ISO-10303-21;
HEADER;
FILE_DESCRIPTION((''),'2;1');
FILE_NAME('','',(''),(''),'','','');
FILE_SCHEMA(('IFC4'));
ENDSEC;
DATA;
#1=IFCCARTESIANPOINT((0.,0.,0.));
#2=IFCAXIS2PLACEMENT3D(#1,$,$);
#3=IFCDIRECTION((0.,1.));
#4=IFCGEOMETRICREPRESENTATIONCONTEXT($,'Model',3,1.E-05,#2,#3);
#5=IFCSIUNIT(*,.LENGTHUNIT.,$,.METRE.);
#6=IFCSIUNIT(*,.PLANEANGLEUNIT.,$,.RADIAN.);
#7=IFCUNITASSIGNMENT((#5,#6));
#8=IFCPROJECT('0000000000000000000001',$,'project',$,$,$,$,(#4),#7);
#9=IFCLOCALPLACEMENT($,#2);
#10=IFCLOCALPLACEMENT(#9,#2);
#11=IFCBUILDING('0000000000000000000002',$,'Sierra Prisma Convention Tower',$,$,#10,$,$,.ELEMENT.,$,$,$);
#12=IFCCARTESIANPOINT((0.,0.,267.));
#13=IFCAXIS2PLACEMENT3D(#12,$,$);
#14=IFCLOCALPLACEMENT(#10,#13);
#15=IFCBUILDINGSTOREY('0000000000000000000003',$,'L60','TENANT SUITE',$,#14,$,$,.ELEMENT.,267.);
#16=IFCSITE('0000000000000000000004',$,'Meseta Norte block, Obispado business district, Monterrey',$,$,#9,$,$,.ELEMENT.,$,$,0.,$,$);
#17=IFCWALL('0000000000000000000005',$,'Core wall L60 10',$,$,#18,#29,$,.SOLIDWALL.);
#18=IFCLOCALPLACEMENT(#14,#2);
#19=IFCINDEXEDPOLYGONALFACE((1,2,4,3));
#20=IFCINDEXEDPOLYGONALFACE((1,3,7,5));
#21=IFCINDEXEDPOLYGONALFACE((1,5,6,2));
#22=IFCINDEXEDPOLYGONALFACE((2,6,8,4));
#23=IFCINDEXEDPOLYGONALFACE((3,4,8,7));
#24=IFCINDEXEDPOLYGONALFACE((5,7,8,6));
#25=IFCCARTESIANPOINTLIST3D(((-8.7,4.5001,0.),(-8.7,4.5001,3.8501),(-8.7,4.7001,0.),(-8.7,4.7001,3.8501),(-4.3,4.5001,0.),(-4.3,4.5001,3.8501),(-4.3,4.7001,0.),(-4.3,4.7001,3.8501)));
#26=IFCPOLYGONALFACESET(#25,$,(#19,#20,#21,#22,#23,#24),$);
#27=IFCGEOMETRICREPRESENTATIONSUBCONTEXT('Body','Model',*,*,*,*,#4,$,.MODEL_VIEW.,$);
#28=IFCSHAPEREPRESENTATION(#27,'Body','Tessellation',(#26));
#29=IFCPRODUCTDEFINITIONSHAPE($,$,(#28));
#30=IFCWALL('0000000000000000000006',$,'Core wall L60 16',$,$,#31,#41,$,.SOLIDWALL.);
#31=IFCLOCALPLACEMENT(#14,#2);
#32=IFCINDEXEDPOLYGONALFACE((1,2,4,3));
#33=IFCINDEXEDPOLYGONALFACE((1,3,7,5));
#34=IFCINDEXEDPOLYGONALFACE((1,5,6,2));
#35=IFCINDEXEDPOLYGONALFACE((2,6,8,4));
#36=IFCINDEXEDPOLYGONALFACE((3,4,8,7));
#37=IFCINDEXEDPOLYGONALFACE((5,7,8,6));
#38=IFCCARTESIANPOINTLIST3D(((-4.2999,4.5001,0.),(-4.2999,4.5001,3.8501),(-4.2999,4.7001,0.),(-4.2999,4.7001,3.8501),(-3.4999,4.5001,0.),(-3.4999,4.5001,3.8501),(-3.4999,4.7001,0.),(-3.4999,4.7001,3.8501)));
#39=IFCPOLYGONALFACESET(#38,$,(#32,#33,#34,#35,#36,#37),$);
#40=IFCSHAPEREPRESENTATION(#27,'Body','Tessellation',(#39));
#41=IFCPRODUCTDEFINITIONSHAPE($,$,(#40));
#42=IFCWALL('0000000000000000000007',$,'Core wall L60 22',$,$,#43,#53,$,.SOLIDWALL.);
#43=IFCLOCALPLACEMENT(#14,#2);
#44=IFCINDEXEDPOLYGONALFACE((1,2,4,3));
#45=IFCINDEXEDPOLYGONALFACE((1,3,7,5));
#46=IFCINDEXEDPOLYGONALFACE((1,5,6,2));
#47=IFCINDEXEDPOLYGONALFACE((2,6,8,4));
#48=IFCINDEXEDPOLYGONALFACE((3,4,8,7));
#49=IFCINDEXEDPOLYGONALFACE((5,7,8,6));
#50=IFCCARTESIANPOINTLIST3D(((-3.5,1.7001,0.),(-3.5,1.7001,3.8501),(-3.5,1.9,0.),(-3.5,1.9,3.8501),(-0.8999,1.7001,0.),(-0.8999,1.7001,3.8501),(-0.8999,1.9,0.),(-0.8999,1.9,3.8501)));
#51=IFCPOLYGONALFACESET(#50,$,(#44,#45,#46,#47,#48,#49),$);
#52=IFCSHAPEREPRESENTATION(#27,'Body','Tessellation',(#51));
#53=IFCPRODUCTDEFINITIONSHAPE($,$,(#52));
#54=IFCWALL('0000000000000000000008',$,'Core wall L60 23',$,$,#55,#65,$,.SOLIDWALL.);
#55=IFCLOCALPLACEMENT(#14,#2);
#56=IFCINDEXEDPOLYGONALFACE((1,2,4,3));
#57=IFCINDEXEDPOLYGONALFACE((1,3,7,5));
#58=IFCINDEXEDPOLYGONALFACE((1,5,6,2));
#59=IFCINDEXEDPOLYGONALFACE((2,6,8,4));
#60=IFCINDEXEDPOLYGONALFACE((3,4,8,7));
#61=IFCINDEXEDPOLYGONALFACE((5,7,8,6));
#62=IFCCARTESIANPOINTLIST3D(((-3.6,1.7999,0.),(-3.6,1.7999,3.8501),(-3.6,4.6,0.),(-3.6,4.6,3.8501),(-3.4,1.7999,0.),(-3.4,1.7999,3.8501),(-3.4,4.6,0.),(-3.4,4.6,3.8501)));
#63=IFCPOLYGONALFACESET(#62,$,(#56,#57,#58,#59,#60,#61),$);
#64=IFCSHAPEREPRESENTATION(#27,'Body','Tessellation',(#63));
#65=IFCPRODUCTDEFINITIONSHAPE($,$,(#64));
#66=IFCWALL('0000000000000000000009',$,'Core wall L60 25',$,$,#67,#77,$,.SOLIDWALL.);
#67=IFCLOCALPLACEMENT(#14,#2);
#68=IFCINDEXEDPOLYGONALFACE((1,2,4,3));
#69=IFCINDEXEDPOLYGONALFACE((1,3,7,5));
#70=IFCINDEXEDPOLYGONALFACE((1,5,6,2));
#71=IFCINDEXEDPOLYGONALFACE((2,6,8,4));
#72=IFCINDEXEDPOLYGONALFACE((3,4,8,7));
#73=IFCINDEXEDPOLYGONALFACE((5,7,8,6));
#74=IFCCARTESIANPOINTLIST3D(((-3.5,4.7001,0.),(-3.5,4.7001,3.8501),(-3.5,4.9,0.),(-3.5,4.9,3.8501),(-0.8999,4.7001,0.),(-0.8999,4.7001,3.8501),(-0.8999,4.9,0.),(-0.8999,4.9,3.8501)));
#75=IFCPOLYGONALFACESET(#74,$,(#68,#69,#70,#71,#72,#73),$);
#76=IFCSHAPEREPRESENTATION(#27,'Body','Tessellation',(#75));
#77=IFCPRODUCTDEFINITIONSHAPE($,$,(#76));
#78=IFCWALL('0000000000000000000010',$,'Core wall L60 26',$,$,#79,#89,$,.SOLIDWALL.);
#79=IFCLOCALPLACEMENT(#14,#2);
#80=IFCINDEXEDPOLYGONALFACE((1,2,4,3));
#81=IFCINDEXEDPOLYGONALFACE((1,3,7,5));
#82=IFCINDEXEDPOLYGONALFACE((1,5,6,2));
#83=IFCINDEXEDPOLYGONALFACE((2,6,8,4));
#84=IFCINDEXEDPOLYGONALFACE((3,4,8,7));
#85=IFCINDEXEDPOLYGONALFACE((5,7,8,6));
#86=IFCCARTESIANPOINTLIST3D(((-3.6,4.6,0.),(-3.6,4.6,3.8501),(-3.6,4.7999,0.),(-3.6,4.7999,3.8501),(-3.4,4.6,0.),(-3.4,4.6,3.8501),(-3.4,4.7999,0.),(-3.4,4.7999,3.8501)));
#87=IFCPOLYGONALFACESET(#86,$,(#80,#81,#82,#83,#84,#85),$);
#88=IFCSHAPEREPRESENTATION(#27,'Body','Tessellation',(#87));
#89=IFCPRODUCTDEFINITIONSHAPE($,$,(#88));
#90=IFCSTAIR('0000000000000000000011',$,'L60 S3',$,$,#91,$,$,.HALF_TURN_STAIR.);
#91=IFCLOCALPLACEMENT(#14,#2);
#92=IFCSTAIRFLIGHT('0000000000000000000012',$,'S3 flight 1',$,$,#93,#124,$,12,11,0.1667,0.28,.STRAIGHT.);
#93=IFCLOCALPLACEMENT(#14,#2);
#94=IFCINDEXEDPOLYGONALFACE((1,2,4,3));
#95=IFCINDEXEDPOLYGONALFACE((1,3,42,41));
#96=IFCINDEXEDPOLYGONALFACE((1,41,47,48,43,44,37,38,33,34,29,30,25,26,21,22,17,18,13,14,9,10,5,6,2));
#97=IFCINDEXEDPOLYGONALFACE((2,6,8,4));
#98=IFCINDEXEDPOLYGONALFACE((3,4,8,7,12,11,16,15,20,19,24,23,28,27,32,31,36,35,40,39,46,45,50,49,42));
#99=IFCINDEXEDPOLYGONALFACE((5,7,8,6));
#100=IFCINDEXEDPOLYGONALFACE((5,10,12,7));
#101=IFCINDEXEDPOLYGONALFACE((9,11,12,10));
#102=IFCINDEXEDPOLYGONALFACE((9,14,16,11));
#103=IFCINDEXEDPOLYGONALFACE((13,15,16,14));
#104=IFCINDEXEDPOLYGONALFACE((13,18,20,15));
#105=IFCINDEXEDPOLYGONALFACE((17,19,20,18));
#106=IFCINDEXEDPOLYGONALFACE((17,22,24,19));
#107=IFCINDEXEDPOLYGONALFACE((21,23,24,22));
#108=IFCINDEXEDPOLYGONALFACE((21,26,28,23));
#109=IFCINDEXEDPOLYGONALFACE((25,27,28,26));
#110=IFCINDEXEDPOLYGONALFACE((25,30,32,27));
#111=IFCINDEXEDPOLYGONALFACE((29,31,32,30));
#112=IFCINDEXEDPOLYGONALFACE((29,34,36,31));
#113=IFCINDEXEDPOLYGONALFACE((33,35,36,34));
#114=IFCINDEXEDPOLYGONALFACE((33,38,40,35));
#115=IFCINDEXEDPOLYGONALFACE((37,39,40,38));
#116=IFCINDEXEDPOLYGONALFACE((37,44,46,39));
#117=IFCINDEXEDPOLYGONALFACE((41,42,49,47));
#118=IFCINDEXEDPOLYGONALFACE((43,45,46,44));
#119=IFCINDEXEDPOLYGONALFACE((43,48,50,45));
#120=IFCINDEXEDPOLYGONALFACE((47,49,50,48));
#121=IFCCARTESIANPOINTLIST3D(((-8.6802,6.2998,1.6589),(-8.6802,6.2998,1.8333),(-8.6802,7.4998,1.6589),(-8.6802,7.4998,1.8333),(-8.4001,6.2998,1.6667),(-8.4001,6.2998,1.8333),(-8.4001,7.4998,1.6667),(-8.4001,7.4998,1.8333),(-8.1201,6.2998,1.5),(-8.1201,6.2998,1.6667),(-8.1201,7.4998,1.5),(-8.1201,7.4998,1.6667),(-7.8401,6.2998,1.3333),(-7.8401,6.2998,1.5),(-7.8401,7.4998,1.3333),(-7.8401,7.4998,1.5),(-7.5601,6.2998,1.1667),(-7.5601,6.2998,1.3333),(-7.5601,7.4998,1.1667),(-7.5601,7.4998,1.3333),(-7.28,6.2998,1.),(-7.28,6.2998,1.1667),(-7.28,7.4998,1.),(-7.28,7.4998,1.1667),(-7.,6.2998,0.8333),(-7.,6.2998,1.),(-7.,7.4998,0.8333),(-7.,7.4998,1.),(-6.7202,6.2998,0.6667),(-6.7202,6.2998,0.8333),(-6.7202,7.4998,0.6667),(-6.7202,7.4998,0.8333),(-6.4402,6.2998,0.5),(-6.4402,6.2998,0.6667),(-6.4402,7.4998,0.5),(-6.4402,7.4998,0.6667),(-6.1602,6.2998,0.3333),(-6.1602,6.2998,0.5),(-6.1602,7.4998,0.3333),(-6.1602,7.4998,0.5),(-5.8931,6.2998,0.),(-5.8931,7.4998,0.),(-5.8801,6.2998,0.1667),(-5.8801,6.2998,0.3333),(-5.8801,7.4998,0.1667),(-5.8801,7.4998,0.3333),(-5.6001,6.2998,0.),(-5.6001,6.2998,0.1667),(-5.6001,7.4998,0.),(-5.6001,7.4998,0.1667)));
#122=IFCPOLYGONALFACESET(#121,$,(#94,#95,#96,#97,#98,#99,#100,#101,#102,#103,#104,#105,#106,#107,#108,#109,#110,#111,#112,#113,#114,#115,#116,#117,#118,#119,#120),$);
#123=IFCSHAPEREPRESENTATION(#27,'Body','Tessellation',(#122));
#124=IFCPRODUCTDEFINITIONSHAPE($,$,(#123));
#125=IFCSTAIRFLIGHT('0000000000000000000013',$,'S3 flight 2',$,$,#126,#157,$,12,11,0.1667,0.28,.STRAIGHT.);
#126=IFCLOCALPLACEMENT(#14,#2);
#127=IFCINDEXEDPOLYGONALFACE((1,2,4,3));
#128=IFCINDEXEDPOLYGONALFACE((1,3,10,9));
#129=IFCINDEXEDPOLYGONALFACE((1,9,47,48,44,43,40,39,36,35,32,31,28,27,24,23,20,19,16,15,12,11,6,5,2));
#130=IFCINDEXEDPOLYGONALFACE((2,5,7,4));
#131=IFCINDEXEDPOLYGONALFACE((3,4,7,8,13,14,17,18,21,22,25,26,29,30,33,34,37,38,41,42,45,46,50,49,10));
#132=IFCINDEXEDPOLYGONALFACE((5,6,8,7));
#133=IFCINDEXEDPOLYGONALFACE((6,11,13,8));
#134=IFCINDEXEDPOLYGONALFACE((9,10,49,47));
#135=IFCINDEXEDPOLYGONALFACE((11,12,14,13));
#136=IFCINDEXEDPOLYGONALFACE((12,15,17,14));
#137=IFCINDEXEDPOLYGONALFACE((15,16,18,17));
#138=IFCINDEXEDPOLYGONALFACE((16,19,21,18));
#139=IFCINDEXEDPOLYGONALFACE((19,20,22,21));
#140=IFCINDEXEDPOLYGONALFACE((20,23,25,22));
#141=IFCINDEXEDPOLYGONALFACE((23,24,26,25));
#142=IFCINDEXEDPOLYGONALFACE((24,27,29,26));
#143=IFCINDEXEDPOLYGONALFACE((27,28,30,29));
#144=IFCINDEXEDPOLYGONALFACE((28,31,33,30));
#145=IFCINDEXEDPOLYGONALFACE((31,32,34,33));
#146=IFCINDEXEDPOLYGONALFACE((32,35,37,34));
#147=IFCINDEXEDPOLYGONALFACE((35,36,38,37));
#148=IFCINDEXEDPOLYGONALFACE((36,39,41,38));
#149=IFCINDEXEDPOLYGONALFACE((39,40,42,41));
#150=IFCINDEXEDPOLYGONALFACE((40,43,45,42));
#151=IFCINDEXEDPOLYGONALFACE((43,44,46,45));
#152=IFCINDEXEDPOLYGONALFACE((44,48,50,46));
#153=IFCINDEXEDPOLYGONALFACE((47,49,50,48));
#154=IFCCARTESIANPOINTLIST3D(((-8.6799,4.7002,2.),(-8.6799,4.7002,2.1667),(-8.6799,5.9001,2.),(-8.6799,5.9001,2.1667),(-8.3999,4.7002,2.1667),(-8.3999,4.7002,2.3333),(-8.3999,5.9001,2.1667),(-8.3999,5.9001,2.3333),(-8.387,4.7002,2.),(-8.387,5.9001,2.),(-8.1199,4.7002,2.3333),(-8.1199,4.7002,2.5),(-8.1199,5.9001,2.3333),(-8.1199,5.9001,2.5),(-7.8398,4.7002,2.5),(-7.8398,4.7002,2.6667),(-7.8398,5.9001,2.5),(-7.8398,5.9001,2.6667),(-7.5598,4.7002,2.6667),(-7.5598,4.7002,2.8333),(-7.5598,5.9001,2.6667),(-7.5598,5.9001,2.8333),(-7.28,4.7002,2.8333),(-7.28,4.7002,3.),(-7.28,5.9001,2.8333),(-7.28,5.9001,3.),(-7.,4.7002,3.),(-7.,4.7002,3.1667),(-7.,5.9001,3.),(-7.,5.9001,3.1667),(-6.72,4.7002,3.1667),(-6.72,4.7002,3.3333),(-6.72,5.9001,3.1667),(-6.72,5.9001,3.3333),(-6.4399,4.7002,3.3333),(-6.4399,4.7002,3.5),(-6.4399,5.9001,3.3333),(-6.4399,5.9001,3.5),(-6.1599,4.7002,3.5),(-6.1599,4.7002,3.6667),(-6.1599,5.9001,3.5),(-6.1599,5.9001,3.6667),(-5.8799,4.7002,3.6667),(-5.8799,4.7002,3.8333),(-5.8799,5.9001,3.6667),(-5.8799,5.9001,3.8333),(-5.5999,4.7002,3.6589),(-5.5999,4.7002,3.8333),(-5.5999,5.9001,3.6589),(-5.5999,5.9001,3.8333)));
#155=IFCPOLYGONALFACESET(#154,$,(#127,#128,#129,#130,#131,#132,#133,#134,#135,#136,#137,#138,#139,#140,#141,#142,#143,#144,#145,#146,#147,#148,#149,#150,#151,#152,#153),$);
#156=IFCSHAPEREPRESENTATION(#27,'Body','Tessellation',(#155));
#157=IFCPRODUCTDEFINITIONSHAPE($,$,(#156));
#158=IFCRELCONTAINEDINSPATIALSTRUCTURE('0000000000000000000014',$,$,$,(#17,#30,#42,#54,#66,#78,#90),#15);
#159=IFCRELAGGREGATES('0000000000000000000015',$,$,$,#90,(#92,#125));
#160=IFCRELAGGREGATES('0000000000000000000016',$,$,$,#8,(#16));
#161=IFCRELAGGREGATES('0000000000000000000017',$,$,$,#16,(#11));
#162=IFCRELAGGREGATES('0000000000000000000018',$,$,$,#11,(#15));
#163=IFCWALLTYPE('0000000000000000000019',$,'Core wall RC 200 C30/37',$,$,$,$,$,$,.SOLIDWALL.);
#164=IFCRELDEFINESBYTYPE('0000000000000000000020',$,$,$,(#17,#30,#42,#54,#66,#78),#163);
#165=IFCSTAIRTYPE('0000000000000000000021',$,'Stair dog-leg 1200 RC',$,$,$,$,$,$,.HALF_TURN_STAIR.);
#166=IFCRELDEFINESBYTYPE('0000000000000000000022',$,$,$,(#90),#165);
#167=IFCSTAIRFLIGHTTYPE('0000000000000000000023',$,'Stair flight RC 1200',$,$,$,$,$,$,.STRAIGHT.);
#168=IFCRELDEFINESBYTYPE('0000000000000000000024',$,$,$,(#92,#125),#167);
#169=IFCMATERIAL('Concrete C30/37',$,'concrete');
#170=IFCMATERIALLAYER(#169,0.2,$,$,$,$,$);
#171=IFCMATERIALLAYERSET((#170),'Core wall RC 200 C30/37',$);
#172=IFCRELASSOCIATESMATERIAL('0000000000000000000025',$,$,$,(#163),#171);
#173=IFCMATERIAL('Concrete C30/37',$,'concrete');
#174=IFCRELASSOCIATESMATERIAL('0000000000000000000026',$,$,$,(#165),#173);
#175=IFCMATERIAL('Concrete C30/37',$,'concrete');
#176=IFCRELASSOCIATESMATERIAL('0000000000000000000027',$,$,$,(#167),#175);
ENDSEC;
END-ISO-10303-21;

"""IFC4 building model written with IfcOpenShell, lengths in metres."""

from ifc_helpers import new_model, si_unit, direction, frame, frame_2d, origin, place, context, subcontext, project, spatial, polyline, rectangle, outline, extrude, material, layer, layer_set, type_object, element, aggregate, save


model = new_model("IFC4")

# Units and contexts
model_context = context("Model", 3, precision=1e-05, world=origin(), true_north=direction((0.0, 1.0)))
body_context = subcontext(model_context, "Body", "Model", "MODEL_VIEW")
ifc_project = project(units=[si_unit("LENGTHUNIT", "METRE"), si_unit("PLANEANGLEUNIT", "RADIAN")], contexts=[model_context])

# Site, building, storey
site_placement = place(None, origin())
site = spatial("IfcSite", under=ifc_project, at=site_placement, Name="Meseta Norte block, Obispado business district, Monterrey", CompositionType="ELEMENT", RefElevation=0.0)
building_placement = place(site_placement, origin())
building = spatial("IfcBuilding", under=site, at=building_placement, Name="Sierra Prisma Convention Tower", CompositionType="ELEMENT")
storey_placement = place(building_placement, frame((0.0, 0.0, 267.0)))
storey = spatial("IfcBuildingStorey", under=building, at=storey_placement, Name="L60", Description="TENANT SUITE", CompositionType="ELEMENT", Elevation=267.0)

# Wall
ifc_material_1 = material(Name="Concrete C30/37", Category="concrete")
ifc_layer_1 = layer(ifc_material_1, 0.2)
ifc_layer_set_1 = layer_set([ifc_layer_1], Name="Core wall RC 200 C30/37")
wall_type = type_object("IfcWallType", Name="Core wall RC 200 C30/37", PredefinedType="SOLIDWALL", material=ifc_layer_set_1)
wall_1_placement = place(storey_placement, frame((-4.3, 4.6001, 0.0), z_axis=(0.0, 0.0, 1.0), x_axis=(-1.0, 0.0, 0.0)))
element("IfcWall", 1, at=wall_1_placement, inside=storey, type_object=wall_type, Name="Core wall L60 10", PredefinedType="SOLIDWALL", context=body_context, shape_type="SweptSolid", body=[
    extrude(rectangle(XDim=4.3999, YDim=0.2, at=frame_2d((2.2, 0.0))), origin(), (0.0, 0.0, 1.0), 3.8501),
])

# Wall
wall_2_placement = place(storey_placement, frame((-3.5, 4.6001, 0.0), z_axis=(0.0, 0.0, 1.0), x_axis=(-1.0, 0.0, 0.0)))
element("IfcWall", 2, at=wall_2_placement, inside=storey, type_object=wall_type, Name="Core wall L60 16", PredefinedType="SOLIDWALL", context=body_context, shape_type="SweptSolid", body=[
    extrude(rectangle(XDim=0.8, YDim=0.2, at=frame_2d((0.3999, 0.0))), origin(), (0.0, 0.0, 1.0), 3.8501),
])

# Walls
wall_3_placement = place(storey_placement, frame((-0.8999, 1.8, 0.0), z_axis=(0.0, 0.0, 1.0), x_axis=(-1.0, 0.0, 0.0)))
element("IfcWall", 3, at=wall_3_placement, inside=storey, type_object=wall_type, Name="Core wall L60 22", PredefinedType="SOLIDWALL", context=body_context, shape_type="SweptSolid", body=[
    extrude(rectangle(XDim=2.6001, YDim=0.2, at=frame_2d((1.3, 0.0))), origin(), (0.0, 0.0, 1.0), 3.8501),
])
wall_4_placement = place(storey_placement, frame((-3.5, 1.8, 0.0), z_axis=(0.0, 0.0, 1.0), x_axis=(0.0, 1.0, 0.0)))
element("IfcWall", 4, at=wall_4_placement, inside=storey, type_object=wall_type, Name="Core wall L60 23", PredefinedType="SOLIDWALL", context=body_context, shape_type="SweptSolid", body=[
    extrude(rectangle(XDim=2.8, YDim=0.2, at=frame_2d((1.3999, 0.0))), origin(), (0.0, 0.0, 1.0), 3.8501),
])

# Walls
wall_5_placement = place(storey_placement, frame((-0.8999, 4.8, 0.0), z_axis=(0.0, 0.0, 1.0), x_axis=(-1.0, 0.0, 0.0)))
element("IfcWall", 5, at=wall_5_placement, inside=storey, type_object=wall_type, Name="Core wall L60 25", PredefinedType="SOLIDWALL", context=body_context, shape_type="SweptSolid", body=[
    extrude(rectangle(XDim=2.6001, YDim=0.2, at=frame_2d((1.3, 0.0))), origin(), (0.0, 0.0, 1.0), 3.8501),
])
wall_6_placement = place(storey_placement, frame((-3.5, 4.8, 0.0), z_axis=(0.0, 0.0, 1.0), x_axis=(0.0, -1.0, 0.0)))
element("IfcWall", 6, at=wall_6_placement, inside=storey, type_object=wall_type, Name="Core wall L60 26", PredefinedType="SOLIDWALL", context=body_context, shape_type="SweptSolid", body=[
    extrude(rectangle(XDim=0.2, YDim=0.2, at=frame_2d((0.1001, 0.0))), origin(), (0.0, 0.0, 1.0), 3.8501),
])

# Stair, stair flights
ifc_material_2 = material(Name="Concrete C30/37", Category="concrete")
stair_type = type_object("IfcStairType", Name="Stair dog-leg 1200 RC", PredefinedType="HALF_TURN_STAIR", material=ifc_material_2)
stair_placement = place(storey_placement, origin())
stair = element("IfcStair", 7, at=stair_placement, inside=storey, type_object=stair_type, Name="L60 S3", PredefinedType="HALF_TURN_STAIR")
ifc_material_3 = material(Name="Concrete C30/37", Category="concrete")
stair_flight_type = type_object("IfcStairFlightType", Name="Stair flight RC 1200", PredefinedType="STRAIGHT", material=ifc_material_3)
stair_flight_1_placement = place(storey_placement, frame((-5.6001, 6.8999, 0.0), z_axis=(0.0, 0.0, 1.0), x_axis=(-1.0, 0.0, 0.0)))
stair_flight_1 = element("IfcStairFlight", 8, at=stair_flight_1_placement, type_object=stair_flight_type, Name="S3 flight 1", NumberOfRisers=12, NumberOfTreads=11, PredefinedType="STRAIGHT", RiserHeight=0.1667, TreadLength=0.28, context=body_context, shape_type="SweptSolid", body=[
    extrude(outline(polyline([(0.0, 0.0), (0.0, 0.1667), (0.28, 0.1667), (0.28, 0.3333), (0.5601, 0.3333), (0.5601, 0.5), (0.8401, 0.5), (0.8401, 0.6667), (1.1201, 0.6667), (1.1201, 0.8333), (1.3999, 0.8333), (1.3999, 1.0), (1.6799, 1.0), (1.6799, 1.1667), (1.96, 1.1667), (1.96, 1.3333), (2.24, 1.3333), (2.24, 1.5), (2.52, 1.5), (2.52, 1.6667), (2.8, 1.6667), (2.8, 1.8333), (3.0801, 1.8333), (3.0801, 2.0), (3.0801, 1.6589), (0.293, 0.0), (0.0, 0.0)])), frame((0.0, 0.6001, 0.0), z_axis=(0.0, -1.0, 0.0), x_axis=(1.0, 0.0, 0.0)), (0.0, 0.0, 1.0), 1.2),
])
stair_flight_2_placement = place(storey_placement, frame((-8.6799, 5.3, 2.0), z_axis=(0.0, 0.0, 1.0), x_axis=(1.0, 0.0, 0.0)))
stair_flight_2 = element("IfcStairFlight", 9, at=stair_flight_2_placement, type_object=stair_flight_type, Name="S3 flight 2", NumberOfRisers=12, NumberOfTreads=11, PredefinedType="STRAIGHT", RiserHeight=0.1667, TreadLength=0.28, context=body_context, shape_type="SweptSolid", body=[
    extrude(outline(polyline([(0.0, 0.0), (0.0, 0.1667), (0.28, 0.1667), (0.28, 0.3333), (0.5601, 0.3333), (0.5601, 0.5), (0.8401, 0.5), (0.8401, 0.6667), (1.1201, 0.6667), (1.1201, 0.8333), (1.3999, 0.8333), (1.3999, 1.0), (1.6799, 1.0), (1.6799, 1.1667), (1.96, 1.1667), (1.96, 1.3333), (2.24, 1.3333), (2.24, 1.5), (2.52, 1.5), (2.52, 1.6667), (2.8, 1.6667), (2.8, 1.8333), (3.0801, 1.8333), (3.0801, 2.0), (3.0801, 1.6589), (0.293, 0.0), (0.0, 0.0)])), frame((0.0, 0.6001, 0.0), z_axis=(0.0, -1.0, 0.0), x_axis=(1.0, 0.0, 0.0)), (0.0, 0.0, 1.0), 1.2),
])
aggregate(stair, [stair_flight_1, stair_flight_2])

save(model, "model.ifc")
